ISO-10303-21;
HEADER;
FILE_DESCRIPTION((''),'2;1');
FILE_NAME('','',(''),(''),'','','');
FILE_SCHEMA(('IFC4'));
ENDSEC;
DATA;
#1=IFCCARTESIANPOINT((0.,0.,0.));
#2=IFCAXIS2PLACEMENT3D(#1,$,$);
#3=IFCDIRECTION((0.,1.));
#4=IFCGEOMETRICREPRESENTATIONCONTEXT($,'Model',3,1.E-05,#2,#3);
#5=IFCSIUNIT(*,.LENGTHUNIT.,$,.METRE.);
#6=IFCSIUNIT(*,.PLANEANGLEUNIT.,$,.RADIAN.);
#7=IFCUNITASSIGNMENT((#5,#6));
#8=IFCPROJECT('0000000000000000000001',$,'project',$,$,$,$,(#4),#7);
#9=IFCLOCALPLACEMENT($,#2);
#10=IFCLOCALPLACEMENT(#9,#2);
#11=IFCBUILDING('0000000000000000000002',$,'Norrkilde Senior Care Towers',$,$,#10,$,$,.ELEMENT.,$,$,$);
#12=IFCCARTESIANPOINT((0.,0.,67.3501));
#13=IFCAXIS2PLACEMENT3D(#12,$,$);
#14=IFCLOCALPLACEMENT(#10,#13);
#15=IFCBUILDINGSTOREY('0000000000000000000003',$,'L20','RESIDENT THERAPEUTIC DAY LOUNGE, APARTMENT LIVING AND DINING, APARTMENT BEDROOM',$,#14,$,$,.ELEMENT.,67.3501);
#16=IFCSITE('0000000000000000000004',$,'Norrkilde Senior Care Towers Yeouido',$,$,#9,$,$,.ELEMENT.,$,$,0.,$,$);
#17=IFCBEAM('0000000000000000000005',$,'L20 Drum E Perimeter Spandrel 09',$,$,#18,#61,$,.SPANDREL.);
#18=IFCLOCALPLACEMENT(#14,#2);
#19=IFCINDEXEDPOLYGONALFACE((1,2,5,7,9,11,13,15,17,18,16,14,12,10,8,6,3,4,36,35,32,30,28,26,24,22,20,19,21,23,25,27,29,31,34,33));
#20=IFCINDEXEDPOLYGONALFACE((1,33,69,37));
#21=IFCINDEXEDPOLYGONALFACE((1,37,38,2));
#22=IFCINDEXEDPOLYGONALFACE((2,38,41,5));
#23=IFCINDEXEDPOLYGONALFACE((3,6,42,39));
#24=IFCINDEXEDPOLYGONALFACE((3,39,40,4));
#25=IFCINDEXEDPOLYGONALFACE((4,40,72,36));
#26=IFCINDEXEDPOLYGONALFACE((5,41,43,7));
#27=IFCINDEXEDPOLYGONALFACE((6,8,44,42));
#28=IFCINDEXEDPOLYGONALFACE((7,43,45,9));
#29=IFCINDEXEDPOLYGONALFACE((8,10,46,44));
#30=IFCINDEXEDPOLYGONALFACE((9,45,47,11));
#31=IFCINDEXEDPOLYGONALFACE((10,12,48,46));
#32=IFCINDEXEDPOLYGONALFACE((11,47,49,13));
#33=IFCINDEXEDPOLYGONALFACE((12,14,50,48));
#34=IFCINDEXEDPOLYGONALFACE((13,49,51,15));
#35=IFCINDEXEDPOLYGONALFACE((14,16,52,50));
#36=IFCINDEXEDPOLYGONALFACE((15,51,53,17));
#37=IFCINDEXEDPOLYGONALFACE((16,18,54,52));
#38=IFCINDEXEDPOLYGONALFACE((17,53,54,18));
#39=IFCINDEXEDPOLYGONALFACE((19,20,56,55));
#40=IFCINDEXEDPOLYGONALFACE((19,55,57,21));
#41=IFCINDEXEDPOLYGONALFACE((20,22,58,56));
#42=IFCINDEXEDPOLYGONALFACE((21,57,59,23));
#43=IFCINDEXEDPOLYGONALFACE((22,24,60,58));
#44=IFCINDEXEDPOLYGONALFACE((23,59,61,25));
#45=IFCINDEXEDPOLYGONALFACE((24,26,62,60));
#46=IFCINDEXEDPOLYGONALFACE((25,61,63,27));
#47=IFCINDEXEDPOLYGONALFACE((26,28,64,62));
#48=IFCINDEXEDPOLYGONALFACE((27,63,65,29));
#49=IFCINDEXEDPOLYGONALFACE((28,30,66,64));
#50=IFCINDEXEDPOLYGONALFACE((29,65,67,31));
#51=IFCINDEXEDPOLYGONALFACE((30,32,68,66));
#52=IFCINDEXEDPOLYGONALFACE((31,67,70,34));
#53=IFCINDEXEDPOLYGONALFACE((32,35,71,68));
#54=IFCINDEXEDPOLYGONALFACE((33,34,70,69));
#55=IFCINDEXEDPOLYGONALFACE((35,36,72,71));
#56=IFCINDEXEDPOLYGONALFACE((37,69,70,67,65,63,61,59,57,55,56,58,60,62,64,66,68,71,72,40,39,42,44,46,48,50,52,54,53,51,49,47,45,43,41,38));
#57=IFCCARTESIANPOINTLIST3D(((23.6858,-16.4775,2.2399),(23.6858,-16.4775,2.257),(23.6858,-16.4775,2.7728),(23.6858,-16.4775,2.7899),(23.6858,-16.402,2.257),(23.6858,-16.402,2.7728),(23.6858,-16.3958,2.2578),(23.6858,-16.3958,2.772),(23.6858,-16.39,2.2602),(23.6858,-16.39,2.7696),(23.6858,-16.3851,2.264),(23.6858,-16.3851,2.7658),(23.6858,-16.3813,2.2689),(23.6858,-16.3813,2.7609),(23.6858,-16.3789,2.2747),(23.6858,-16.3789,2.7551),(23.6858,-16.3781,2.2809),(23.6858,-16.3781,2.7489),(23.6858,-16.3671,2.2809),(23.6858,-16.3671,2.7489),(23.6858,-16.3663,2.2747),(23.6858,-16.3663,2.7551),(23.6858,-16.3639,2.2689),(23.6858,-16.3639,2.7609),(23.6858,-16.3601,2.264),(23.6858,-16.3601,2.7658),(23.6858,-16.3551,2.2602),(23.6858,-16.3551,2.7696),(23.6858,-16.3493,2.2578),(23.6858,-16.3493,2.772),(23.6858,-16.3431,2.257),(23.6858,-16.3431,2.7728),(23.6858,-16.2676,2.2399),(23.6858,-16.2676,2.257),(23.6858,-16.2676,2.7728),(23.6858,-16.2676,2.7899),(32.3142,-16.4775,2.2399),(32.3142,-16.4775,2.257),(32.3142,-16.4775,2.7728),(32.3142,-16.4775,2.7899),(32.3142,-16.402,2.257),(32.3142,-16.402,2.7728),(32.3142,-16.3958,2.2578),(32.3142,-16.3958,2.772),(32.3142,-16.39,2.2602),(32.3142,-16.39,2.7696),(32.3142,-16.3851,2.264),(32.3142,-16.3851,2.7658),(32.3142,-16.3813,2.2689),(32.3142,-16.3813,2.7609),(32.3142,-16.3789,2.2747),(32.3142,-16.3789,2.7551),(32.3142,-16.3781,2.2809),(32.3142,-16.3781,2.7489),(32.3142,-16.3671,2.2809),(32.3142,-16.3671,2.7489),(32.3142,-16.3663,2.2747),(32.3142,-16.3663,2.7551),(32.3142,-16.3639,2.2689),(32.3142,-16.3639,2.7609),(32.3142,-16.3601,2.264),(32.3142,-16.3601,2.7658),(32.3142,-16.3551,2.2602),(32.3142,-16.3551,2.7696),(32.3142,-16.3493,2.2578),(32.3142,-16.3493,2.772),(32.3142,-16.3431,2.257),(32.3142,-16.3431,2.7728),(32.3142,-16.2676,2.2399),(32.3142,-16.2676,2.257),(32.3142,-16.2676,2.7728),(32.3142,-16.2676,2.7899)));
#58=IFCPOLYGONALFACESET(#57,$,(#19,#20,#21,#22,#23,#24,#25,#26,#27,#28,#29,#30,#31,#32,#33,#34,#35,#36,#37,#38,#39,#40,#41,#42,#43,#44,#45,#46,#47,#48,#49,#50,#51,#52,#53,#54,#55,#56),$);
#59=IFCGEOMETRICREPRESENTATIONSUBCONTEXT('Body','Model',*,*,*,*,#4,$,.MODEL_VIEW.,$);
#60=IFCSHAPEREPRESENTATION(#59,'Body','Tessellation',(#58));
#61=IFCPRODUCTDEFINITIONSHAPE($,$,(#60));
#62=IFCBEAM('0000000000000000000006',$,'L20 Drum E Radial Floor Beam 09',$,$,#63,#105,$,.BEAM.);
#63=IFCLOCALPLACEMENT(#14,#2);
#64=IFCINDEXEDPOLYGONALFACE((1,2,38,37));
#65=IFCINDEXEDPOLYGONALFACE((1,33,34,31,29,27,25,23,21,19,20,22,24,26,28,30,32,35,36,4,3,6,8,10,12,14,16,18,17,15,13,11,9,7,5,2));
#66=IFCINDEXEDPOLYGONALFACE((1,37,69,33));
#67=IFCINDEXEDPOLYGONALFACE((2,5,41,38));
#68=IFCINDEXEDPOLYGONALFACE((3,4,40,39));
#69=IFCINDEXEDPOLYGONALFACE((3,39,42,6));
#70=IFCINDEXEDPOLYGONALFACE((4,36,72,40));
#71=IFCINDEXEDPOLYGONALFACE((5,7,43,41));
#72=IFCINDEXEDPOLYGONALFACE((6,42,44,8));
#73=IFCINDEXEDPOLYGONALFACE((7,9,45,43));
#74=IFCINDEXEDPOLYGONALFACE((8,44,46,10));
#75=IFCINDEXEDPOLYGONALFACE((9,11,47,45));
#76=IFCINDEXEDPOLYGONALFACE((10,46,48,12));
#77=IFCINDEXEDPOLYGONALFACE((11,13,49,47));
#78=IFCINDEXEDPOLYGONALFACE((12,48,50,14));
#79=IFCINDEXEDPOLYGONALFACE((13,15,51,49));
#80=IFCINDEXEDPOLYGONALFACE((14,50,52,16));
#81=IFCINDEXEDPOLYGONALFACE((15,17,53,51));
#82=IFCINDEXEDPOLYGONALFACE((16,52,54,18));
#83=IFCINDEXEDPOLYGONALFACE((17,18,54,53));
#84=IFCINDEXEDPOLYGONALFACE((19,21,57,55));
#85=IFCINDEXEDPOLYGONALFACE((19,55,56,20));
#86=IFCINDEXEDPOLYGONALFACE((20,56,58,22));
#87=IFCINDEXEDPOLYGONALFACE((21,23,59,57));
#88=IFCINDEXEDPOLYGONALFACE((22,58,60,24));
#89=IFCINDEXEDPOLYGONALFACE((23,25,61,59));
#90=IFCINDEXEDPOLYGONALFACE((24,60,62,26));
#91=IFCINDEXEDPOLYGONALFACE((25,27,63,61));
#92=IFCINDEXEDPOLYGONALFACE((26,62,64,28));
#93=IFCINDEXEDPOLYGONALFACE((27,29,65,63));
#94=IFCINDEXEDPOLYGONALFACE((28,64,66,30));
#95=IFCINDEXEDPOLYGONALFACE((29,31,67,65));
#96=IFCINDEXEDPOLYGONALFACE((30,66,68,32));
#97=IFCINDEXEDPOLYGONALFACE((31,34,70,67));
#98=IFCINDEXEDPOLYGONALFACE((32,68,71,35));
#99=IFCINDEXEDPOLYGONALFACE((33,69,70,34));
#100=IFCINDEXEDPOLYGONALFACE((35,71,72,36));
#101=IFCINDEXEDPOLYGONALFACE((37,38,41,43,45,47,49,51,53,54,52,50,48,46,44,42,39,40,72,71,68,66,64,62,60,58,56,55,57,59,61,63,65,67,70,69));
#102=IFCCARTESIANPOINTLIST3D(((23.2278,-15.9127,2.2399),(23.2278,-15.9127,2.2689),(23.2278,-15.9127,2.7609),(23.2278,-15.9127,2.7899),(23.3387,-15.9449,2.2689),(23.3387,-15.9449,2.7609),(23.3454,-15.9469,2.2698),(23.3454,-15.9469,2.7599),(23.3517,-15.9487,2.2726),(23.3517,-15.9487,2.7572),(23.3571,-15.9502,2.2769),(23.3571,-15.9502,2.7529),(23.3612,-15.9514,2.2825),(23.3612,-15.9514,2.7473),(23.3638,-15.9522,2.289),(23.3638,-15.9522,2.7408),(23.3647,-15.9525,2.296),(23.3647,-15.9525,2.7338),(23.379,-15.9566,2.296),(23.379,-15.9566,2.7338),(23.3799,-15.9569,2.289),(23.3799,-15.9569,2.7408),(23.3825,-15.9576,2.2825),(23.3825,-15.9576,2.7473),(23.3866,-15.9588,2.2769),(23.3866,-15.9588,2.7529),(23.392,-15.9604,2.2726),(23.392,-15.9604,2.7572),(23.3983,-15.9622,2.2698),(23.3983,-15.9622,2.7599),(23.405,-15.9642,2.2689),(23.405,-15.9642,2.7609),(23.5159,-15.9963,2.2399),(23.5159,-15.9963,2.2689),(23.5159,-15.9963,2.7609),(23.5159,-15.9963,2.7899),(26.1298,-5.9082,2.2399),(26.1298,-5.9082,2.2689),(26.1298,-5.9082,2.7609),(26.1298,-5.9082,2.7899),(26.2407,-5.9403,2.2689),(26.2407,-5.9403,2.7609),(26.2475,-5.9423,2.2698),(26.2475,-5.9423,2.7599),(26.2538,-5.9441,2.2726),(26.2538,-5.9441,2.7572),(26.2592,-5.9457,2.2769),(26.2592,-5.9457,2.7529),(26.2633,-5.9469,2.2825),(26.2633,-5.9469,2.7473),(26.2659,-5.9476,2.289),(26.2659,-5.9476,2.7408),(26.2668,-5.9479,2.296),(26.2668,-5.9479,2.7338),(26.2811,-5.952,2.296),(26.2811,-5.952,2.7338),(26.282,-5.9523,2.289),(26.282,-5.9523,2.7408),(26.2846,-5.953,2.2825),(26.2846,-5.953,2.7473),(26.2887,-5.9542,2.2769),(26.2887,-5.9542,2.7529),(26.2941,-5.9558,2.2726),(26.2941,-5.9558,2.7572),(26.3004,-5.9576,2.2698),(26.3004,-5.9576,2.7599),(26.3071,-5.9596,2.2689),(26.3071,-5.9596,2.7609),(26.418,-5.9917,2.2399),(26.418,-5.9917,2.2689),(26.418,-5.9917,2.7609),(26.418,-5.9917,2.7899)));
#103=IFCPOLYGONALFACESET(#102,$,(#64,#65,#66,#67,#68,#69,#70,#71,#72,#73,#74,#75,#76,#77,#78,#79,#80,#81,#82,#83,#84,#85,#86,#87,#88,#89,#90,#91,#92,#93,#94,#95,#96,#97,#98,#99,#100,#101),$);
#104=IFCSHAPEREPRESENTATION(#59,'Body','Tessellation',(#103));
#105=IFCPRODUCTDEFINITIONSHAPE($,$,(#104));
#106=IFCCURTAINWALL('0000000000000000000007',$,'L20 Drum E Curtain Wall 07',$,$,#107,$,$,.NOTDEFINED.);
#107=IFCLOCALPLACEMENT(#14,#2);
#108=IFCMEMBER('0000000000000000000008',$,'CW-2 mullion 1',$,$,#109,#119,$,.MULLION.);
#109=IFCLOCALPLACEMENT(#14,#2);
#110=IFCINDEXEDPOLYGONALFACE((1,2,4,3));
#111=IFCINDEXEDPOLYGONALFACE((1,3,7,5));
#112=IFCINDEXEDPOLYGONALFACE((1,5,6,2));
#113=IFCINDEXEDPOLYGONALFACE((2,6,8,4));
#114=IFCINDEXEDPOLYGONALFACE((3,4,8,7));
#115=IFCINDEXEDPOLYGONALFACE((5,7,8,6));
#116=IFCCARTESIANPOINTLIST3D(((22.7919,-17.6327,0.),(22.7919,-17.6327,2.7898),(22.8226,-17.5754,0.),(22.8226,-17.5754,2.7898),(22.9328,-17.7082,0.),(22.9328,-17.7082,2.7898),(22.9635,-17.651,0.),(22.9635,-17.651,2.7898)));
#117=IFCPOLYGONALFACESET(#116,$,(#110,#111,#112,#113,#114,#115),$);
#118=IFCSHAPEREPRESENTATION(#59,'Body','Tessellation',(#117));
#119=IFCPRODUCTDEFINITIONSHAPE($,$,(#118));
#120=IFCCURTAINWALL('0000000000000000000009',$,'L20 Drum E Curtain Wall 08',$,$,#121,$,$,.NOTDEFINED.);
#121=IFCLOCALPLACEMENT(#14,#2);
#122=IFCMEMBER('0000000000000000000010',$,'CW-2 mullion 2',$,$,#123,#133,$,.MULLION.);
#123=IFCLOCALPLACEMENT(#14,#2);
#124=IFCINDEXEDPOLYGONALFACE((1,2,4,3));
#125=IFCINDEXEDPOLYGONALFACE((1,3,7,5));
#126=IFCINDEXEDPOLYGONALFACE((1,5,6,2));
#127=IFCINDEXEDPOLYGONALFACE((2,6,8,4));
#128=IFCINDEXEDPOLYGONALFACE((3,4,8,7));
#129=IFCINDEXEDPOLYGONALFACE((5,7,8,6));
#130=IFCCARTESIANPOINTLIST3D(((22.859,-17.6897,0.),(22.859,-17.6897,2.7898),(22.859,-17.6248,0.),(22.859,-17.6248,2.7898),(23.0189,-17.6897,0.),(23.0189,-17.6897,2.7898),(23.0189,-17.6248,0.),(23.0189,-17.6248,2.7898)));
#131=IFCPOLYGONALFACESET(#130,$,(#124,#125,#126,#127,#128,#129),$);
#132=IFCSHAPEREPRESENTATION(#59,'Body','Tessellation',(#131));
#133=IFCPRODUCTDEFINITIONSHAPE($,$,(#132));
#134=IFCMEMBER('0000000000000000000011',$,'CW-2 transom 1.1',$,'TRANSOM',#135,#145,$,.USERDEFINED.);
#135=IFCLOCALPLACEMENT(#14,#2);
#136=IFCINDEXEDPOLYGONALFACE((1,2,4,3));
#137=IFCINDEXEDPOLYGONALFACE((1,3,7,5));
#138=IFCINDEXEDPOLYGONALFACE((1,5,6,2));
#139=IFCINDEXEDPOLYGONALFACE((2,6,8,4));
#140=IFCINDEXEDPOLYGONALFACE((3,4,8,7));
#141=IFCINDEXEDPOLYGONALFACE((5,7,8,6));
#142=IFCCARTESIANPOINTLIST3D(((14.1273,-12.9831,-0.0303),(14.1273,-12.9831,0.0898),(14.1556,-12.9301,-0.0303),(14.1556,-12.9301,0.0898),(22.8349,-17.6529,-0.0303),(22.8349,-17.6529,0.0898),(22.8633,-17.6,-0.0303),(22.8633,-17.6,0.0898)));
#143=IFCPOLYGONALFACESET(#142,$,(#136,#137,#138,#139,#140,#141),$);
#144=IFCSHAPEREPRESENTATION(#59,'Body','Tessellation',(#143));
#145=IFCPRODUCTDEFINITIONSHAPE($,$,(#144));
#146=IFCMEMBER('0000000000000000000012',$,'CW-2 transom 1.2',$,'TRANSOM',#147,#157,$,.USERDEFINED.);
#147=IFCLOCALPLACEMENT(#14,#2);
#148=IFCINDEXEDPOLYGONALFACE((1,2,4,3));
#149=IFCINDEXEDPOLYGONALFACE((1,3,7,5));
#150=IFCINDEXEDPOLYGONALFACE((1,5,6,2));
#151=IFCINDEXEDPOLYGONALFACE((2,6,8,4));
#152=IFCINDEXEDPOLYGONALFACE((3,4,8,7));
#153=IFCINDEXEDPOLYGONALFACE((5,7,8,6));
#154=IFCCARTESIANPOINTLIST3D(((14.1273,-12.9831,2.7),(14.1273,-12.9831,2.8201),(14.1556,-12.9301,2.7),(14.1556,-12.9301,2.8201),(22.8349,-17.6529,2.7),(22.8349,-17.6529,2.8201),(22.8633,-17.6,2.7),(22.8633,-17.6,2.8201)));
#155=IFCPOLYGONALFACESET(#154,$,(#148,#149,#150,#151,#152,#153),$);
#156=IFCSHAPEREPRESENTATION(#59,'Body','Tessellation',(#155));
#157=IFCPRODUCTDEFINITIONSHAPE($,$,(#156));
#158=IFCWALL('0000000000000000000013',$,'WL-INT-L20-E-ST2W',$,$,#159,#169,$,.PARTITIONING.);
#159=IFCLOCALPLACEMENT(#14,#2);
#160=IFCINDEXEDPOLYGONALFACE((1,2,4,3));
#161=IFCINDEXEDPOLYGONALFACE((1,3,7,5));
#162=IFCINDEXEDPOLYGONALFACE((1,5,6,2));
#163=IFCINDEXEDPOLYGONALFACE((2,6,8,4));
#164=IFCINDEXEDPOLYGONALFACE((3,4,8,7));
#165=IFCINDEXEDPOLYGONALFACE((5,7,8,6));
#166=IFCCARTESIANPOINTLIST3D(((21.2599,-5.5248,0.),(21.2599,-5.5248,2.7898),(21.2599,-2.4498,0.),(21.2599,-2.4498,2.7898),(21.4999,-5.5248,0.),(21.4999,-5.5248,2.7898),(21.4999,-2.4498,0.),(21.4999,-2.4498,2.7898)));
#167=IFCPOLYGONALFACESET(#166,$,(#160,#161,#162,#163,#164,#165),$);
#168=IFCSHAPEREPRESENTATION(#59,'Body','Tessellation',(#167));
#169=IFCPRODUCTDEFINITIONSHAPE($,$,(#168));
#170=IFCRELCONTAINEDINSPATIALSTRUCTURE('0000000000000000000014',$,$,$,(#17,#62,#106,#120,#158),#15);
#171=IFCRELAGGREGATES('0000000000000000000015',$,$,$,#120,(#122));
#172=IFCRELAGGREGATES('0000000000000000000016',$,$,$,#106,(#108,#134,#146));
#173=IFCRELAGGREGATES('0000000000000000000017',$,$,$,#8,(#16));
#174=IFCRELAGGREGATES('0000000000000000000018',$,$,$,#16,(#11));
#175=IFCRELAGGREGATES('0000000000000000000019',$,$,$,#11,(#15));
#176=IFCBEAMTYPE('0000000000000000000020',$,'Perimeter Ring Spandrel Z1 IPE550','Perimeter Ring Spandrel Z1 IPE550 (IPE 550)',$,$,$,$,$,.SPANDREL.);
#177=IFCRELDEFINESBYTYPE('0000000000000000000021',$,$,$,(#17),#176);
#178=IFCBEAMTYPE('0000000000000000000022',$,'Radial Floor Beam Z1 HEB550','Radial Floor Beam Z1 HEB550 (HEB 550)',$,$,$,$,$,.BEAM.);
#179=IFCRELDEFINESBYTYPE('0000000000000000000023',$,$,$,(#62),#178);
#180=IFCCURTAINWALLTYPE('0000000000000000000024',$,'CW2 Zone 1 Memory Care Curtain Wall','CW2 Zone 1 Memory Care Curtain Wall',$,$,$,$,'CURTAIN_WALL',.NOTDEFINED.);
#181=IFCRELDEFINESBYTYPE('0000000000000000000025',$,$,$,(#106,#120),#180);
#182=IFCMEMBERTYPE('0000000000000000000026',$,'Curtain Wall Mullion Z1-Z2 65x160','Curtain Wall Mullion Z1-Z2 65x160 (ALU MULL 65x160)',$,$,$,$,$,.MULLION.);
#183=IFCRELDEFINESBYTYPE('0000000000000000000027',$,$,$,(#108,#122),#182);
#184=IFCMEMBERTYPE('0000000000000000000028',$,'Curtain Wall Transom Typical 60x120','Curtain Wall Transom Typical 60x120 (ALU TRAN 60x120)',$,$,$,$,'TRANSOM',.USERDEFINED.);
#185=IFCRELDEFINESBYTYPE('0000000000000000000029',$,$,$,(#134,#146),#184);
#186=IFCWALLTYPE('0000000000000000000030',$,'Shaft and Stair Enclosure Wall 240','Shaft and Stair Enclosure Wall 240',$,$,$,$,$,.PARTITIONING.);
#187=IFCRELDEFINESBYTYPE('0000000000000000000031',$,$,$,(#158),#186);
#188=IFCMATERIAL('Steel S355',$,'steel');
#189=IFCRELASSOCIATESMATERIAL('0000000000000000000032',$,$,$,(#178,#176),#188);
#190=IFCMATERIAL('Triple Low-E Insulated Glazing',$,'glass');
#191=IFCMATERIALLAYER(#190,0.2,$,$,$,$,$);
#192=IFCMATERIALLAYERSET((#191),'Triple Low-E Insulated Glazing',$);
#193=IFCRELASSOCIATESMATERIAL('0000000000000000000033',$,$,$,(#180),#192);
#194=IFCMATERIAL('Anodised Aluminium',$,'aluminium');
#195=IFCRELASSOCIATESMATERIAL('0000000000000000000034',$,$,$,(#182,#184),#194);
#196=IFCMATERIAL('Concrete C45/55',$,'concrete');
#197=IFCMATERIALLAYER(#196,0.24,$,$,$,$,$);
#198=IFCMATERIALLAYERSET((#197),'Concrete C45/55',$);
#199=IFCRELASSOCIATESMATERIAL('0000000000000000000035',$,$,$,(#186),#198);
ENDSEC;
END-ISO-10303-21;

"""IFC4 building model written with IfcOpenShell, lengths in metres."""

from ifc_helpers import new_model, si_unit, direction, frame, frame_2d, origin, origin_2d, place, context, subcontext, project, spatial, rectangle, i_section, extrude, source, transform, mapped, material, layer, layer_set, material_profile, profile_set, type_object, type_shapes, element, aggregate, save


model = new_model("IFC4")

# Units and contexts
model_context = context("Model", 3, precision=1e-05, world=origin(), true_north=direction((0.0, 1.0)))
body_context = subcontext(model_context, "Body", "Model", "MODEL_VIEW")
ifc_project = project(units=[si_unit("LENGTHUNIT", "METRE"), si_unit("PLANEANGLEUNIT", "RADIAN")], contexts=[model_context])

# Site, building, storey
site_placement = place(None, origin())
site = spatial("IfcSite", under=ifc_project, at=site_placement, Name="Norrkilde Senior Care Towers Yeouido", CompositionType="ELEMENT", RefElevation=0.0)
building_placement = place(site_placement, origin())
building = spatial("IfcBuilding", under=site, at=building_placement, Name="Norrkilde Senior Care Towers", CompositionType="ELEMENT")
storey_placement = place(building_placement, frame((0.0, 0.0, 67.3501)))
storey = spatial("IfcBuildingStorey", under=building, at=storey_placement, Name="L20", Description="RESIDENT THERAPEUTIC DAY LOUNGE, APARTMENT LIVING AND DINING, APARTMENT BEDROOM", CompositionType="ELEMENT", Elevation=67.3501)

# Beams
ifc_material_1 = material(Name="Steel S355", Category="steel")
ifc_material_profile_1 = material_profile(ifc_material_1, i_section(OverallWidth=0.3, OverallDepth=0.55, WebThickness=0.0149, FlangeThickness=0.0291, FilletRadius=0.0271, at=origin_2d()), Name="HEB 550")
ifc_profile_set_1 = profile_set([ifc_material_profile_1], Name="Steel S355")
beam_type_1 = type_object("IfcBeamType", Name="Radial Floor Beam Z1 HEB550", Description="Radial Floor Beam Z1 HEB550 (HEB 550)", PredefinedType="BEAM", material=ifc_profile_set_1)
ifc_material_profile_2 = material_profile(ifc_material_1, i_section(OverallWidth=0.21, OverallDepth=0.55, WebThickness=0.011, FlangeThickness=0.0171, FilletRadius=0.0239, at=origin_2d()), Name="IPE 550")
ifc_profile_set_2 = profile_set([ifc_material_profile_2], Name="Steel S355")
beam_type_2 = type_object("IfcBeamType", Name="Perimeter Ring Spandrel Z1 IPE550", Description="Perimeter Ring Spandrel Z1 IPE550 (IPE 550)", PredefinedType="SPANDREL", material=ifc_profile_set_2)
shared_shape_1 = source(origin(), body_context, "Body", "SweptSolid", [
    extrude(i_section(OverallWidth=0.21, OverallDepth=0.55, WebThickness=0.011, FlangeThickness=0.0171, FilletRadius=0.0239, at=origin_2d()), origin(), (0.0, 0.0, 1.0), 8.6284),
])
type_shapes(beam_type_2, [shared_shape_1])
beam_1_placement = place(storey_placement, frame((23.6858, -16.3726, 2.5149), z_axis=(1.0, 0.0, 0.0), x_axis=(0.0, 1.0, 0.0)))
element("IfcBeam", 1, at=beam_1_placement, inside=storey, type_object=beam_type_2, Name="L20 Drum E Perimeter Spandrel 09", PredefinedType="SPANDREL", context=body_context, shape_type="MappedRepresentation", body=[
    mapped(shared_shape_1, transform((0.0, 0.0, 0.0), x_axis=(1.0, 0.0, 0.0), y_axis=(0.0, 1.0, 0.0), z_axis=(0.0, 0.0, 1.0), scale=1.0)),
])
shared_shape_2 = source(origin(), body_context, "Body", "SweptSolid", [
    extrude(i_section(OverallWidth=0.3, OverallDepth=0.55, WebThickness=0.0149, FlangeThickness=0.0291, FilletRadius=0.0271, at=origin_2d()), origin(), (0.0, 0.0, 1.0), 10.417),
])
beam_2_placement = place(storey_placement, frame((26.2739, -5.95, 2.5149), z_axis=(-0.278591, -0.96041, 0.0), x_axis=(0.96041, -0.278591, 0.0)))
element("IfcBeam", 2, at=beam_2_placement, inside=storey, type_object=beam_type_1, Name="L20 Drum E Radial Floor Beam 09", PredefinedType="BEAM", context=body_context, shape_type="MappedRepresentation", body=[
    mapped(shared_shape_2, transform((0.0, 0.0, 0.0), x_axis=(1.0, 0.0, 0.0), y_axis=(0.0, 1.0, 0.0), z_axis=(0.0, 0.0, 1.0), scale=1.0)),
])

# Curtain walls, members
ifc_material_2 = material(Name="Triple Low-E Insulated Glazing", Category="glass")
ifc_layer_1 = layer(ifc_material_2, 0.2)
ifc_layer_set_1 = layer_set([ifc_layer_1], Name="Triple Low-E Insulated Glazing")
curtain_wall_type = type_object("IfcCurtainWallType", Name="CW2 Zone 1 Memory Care Curtain Wall", Description="CW2 Zone 1 Memory Care Curtain Wall", ElementType="CURTAIN_WALL", PredefinedType="NOTDEFINED", material=ifc_layer_set_1)
curtain_wall_1_placement = place(storey_placement, origin())
curtain_wall_1 = element("IfcCurtainWall", 3, at=curtain_wall_1_placement, inside=storey, type_object=curtain_wall_type, Name="L20 Drum E Curtain Wall 07", PredefinedType="NOTDEFINED")
ifc_material_3 = material(Name="Anodised Aluminium", Category="aluminium")
ifc_material_profile_3 = material_profile(ifc_material_3, rectangle(XDim=0.0649, YDim=0.1599, at=origin_2d()), Name="ALU MULL 65x160")
ifc_profile_set_3 = profile_set([ifc_material_profile_3], Name="Anodised Aluminium")
member_type_1 = type_object("IfcMemberType", Name="Curtain Wall Mullion Z1-Z2 65x160", Description="Curtain Wall Mullion Z1-Z2 65x160 (ALU MULL 65x160)", PredefinedType="MULLION", material=ifc_profile_set_3)
shared_shape_3 = source(origin(), body_context, "Body", "SweptSolid", [
    extrude(rectangle(XDim=0.0649, YDim=0.1599, at=origin_2d()), origin(), (0.0, 0.0, 1.0), 2.7898),
])
type_shapes(member_type_1, [shared_shape_3])
member_1_placement = place(storey_placement, frame((22.8777, -17.6418, 0.0), z_axis=(0.0, 0.0, 1.0), x_axis=(-0.472608, -0.881273, 0.0)))
member_1 = element("IfcMember", 4, at=member_1_placement, type_object=member_type_1, Name="CW-2 mullion 1", PredefinedType="MULLION", context=body_context, shape_type="MappedRepresentation", body=[
    mapped(shared_shape_3, transform((0.0, 0.0, 0.0), x_axis=(1.0, 0.0, 0.0), y_axis=(0.0, 1.0, 0.0), z_axis=(0.0, 0.0, 1.0), scale=1.0)),
])
curtain_wall_2_placement = place(storey_placement, origin())
curtain_wall_2 = element("IfcCurtainWall", 5, at=curtain_wall_2_placement, inside=storey, type_object=curtain_wall_type, Name="L20 Drum E Curtain Wall 08", PredefinedType="NOTDEFINED")
member_2_placement = place(storey_placement, frame((22.939, -17.6572, 0.0), z_axis=(0.0, 0.0, 1.0), x_axis=(0.0, -1.0, 0.0)))
member_2 = element("IfcMember", 6, at=member_2_placement, type_object=member_type_1, Name="CW-2 mullion 2", PredefinedType="MULLION", context=body_context, shape_type="MappedRepresentation", body=[
    mapped(shared_shape_3, transform((0.0, 0.0, 0.0), x_axis=(1.0, 0.0, 0.0), y_axis=(0.0, 1.0, 0.0), z_axis=(0.0, 0.0, 1.0), scale=1.0)),
])
aggregate(curtain_wall_2, [member_2])

# Members
ifc_material_profile_4 = material_profile(ifc_material_3, rectangle(XDim=0.0601, YDim=0.1201, at=origin_2d()), Name="ALU TRAN 60x120")
ifc_profile_set_4 = profile_set([ifc_material_profile_4], Name="Anodised Aluminium")
member_type_2 = type_object("IfcMemberType", Name="Curtain Wall Transom Typical 60x120", Description="Curtain Wall Transom Typical 60x120 (ALU TRAN 60x120)", ElementType="TRANSOM", PredefinedType="USERDEFINED", material=ifc_profile_set_4)
shared_shape_4 = source(origin(), body_context, "Body", "SweptSolid", [
    extrude(rectangle(XDim=0.0601, YDim=0.1201, at=origin_2d()), origin(), (0.0, 0.0, 1.0), 9.8809),
])
type_shapes(member_type_2, [shared_shape_4])
member_3_placement = place(storey_placement, frame((22.8491, -17.6265, 0.0298), z_axis=(-0.881267, 0.472618, 0.0), x_axis=(-0.472618, -0.881267, 0.0)))
member_3 = element("IfcMember", 7, at=member_3_placement, type_object=member_type_2, Name="CW-2 transom 1.1", ObjectType="TRANSOM", PredefinedType="USERDEFINED", context=body_context, shape_type="MappedRepresentation", body=[
    mapped(shared_shape_4, transform((0.0, 0.0, 0.0), x_axis=(1.0, 0.0, 0.0), y_axis=(0.0, 1.0, 0.0), z_axis=(0.0, 0.0, 1.0), scale=1.0)),
])
member_4_placement = place(storey_placement, frame((22.8491, -17.6265, 2.76), z_axis=(-0.881267, 0.472618, 0.0), x_axis=(-0.472618, -0.881267, 0.0)))
member_4 = element("IfcMember", 8, at=member_4_placement, type_object=member_type_2, Name="CW-2 transom 1.2", ObjectType="TRANSOM", PredefinedType="USERDEFINED", context=body_context, shape_type="MappedRepresentation", body=[
    mapped(shared_shape_4, transform((0.0, 0.0, 0.0), x_axis=(1.0, 0.0, 0.0), y_axis=(0.0, 1.0, 0.0), z_axis=(0.0, 0.0, 1.0), scale=1.0)),
])
aggregate(curtain_wall_1, [member_1, member_3, member_4])

# Shared definitions
ifc_material_4 = material(Name="Concrete C45/55", Category="concrete")
ifc_layer_2 = layer(ifc_material_4, 0.24)
ifc_layer_set_2 = layer_set([ifc_layer_2], Name="Concrete C45/55")
wall_type_1 = type_object("IfcWallType", Name="Shaft and Stair Enclosure Wall 240", Description="Shaft and Stair Enclosure Wall 240", PredefinedType="PARTITIONING", material=ifc_layer_set_2)

# Wall
shared_shape_5 = source(origin(), body_context, "Body", "SweptSolid", [
    extrude(rectangle(XDim=3.075, YDim=0.24, at=frame_2d((1.5376, 0.0))), origin(), (0.0, 0.0, 1.0), 2.7898),
])
wall_1_placement = place(storey_placement, frame((21.3799, -5.5249, 0.0), z_axis=(0.0, 0.0, 1.0), x_axis=(0.0, 1.0, 0.0)))
element("IfcWall", 9, at=wall_1_placement, inside=storey, type_object=wall_type_1, Name="WL-INT-L20-E-ST2W", PredefinedType="PARTITIONING", context=body_context, shape_type="MappedRepresentation", body=[
    mapped(shared_shape_5, transform((0.0, 0.0, 0.0), x_axis=(1.0, 0.0, 0.0), y_axis=(0.0, 1.0, 0.0), z_axis=(0.0, 0.0, 1.0), scale=1.0)),
])

save(model, "model.ifc")
